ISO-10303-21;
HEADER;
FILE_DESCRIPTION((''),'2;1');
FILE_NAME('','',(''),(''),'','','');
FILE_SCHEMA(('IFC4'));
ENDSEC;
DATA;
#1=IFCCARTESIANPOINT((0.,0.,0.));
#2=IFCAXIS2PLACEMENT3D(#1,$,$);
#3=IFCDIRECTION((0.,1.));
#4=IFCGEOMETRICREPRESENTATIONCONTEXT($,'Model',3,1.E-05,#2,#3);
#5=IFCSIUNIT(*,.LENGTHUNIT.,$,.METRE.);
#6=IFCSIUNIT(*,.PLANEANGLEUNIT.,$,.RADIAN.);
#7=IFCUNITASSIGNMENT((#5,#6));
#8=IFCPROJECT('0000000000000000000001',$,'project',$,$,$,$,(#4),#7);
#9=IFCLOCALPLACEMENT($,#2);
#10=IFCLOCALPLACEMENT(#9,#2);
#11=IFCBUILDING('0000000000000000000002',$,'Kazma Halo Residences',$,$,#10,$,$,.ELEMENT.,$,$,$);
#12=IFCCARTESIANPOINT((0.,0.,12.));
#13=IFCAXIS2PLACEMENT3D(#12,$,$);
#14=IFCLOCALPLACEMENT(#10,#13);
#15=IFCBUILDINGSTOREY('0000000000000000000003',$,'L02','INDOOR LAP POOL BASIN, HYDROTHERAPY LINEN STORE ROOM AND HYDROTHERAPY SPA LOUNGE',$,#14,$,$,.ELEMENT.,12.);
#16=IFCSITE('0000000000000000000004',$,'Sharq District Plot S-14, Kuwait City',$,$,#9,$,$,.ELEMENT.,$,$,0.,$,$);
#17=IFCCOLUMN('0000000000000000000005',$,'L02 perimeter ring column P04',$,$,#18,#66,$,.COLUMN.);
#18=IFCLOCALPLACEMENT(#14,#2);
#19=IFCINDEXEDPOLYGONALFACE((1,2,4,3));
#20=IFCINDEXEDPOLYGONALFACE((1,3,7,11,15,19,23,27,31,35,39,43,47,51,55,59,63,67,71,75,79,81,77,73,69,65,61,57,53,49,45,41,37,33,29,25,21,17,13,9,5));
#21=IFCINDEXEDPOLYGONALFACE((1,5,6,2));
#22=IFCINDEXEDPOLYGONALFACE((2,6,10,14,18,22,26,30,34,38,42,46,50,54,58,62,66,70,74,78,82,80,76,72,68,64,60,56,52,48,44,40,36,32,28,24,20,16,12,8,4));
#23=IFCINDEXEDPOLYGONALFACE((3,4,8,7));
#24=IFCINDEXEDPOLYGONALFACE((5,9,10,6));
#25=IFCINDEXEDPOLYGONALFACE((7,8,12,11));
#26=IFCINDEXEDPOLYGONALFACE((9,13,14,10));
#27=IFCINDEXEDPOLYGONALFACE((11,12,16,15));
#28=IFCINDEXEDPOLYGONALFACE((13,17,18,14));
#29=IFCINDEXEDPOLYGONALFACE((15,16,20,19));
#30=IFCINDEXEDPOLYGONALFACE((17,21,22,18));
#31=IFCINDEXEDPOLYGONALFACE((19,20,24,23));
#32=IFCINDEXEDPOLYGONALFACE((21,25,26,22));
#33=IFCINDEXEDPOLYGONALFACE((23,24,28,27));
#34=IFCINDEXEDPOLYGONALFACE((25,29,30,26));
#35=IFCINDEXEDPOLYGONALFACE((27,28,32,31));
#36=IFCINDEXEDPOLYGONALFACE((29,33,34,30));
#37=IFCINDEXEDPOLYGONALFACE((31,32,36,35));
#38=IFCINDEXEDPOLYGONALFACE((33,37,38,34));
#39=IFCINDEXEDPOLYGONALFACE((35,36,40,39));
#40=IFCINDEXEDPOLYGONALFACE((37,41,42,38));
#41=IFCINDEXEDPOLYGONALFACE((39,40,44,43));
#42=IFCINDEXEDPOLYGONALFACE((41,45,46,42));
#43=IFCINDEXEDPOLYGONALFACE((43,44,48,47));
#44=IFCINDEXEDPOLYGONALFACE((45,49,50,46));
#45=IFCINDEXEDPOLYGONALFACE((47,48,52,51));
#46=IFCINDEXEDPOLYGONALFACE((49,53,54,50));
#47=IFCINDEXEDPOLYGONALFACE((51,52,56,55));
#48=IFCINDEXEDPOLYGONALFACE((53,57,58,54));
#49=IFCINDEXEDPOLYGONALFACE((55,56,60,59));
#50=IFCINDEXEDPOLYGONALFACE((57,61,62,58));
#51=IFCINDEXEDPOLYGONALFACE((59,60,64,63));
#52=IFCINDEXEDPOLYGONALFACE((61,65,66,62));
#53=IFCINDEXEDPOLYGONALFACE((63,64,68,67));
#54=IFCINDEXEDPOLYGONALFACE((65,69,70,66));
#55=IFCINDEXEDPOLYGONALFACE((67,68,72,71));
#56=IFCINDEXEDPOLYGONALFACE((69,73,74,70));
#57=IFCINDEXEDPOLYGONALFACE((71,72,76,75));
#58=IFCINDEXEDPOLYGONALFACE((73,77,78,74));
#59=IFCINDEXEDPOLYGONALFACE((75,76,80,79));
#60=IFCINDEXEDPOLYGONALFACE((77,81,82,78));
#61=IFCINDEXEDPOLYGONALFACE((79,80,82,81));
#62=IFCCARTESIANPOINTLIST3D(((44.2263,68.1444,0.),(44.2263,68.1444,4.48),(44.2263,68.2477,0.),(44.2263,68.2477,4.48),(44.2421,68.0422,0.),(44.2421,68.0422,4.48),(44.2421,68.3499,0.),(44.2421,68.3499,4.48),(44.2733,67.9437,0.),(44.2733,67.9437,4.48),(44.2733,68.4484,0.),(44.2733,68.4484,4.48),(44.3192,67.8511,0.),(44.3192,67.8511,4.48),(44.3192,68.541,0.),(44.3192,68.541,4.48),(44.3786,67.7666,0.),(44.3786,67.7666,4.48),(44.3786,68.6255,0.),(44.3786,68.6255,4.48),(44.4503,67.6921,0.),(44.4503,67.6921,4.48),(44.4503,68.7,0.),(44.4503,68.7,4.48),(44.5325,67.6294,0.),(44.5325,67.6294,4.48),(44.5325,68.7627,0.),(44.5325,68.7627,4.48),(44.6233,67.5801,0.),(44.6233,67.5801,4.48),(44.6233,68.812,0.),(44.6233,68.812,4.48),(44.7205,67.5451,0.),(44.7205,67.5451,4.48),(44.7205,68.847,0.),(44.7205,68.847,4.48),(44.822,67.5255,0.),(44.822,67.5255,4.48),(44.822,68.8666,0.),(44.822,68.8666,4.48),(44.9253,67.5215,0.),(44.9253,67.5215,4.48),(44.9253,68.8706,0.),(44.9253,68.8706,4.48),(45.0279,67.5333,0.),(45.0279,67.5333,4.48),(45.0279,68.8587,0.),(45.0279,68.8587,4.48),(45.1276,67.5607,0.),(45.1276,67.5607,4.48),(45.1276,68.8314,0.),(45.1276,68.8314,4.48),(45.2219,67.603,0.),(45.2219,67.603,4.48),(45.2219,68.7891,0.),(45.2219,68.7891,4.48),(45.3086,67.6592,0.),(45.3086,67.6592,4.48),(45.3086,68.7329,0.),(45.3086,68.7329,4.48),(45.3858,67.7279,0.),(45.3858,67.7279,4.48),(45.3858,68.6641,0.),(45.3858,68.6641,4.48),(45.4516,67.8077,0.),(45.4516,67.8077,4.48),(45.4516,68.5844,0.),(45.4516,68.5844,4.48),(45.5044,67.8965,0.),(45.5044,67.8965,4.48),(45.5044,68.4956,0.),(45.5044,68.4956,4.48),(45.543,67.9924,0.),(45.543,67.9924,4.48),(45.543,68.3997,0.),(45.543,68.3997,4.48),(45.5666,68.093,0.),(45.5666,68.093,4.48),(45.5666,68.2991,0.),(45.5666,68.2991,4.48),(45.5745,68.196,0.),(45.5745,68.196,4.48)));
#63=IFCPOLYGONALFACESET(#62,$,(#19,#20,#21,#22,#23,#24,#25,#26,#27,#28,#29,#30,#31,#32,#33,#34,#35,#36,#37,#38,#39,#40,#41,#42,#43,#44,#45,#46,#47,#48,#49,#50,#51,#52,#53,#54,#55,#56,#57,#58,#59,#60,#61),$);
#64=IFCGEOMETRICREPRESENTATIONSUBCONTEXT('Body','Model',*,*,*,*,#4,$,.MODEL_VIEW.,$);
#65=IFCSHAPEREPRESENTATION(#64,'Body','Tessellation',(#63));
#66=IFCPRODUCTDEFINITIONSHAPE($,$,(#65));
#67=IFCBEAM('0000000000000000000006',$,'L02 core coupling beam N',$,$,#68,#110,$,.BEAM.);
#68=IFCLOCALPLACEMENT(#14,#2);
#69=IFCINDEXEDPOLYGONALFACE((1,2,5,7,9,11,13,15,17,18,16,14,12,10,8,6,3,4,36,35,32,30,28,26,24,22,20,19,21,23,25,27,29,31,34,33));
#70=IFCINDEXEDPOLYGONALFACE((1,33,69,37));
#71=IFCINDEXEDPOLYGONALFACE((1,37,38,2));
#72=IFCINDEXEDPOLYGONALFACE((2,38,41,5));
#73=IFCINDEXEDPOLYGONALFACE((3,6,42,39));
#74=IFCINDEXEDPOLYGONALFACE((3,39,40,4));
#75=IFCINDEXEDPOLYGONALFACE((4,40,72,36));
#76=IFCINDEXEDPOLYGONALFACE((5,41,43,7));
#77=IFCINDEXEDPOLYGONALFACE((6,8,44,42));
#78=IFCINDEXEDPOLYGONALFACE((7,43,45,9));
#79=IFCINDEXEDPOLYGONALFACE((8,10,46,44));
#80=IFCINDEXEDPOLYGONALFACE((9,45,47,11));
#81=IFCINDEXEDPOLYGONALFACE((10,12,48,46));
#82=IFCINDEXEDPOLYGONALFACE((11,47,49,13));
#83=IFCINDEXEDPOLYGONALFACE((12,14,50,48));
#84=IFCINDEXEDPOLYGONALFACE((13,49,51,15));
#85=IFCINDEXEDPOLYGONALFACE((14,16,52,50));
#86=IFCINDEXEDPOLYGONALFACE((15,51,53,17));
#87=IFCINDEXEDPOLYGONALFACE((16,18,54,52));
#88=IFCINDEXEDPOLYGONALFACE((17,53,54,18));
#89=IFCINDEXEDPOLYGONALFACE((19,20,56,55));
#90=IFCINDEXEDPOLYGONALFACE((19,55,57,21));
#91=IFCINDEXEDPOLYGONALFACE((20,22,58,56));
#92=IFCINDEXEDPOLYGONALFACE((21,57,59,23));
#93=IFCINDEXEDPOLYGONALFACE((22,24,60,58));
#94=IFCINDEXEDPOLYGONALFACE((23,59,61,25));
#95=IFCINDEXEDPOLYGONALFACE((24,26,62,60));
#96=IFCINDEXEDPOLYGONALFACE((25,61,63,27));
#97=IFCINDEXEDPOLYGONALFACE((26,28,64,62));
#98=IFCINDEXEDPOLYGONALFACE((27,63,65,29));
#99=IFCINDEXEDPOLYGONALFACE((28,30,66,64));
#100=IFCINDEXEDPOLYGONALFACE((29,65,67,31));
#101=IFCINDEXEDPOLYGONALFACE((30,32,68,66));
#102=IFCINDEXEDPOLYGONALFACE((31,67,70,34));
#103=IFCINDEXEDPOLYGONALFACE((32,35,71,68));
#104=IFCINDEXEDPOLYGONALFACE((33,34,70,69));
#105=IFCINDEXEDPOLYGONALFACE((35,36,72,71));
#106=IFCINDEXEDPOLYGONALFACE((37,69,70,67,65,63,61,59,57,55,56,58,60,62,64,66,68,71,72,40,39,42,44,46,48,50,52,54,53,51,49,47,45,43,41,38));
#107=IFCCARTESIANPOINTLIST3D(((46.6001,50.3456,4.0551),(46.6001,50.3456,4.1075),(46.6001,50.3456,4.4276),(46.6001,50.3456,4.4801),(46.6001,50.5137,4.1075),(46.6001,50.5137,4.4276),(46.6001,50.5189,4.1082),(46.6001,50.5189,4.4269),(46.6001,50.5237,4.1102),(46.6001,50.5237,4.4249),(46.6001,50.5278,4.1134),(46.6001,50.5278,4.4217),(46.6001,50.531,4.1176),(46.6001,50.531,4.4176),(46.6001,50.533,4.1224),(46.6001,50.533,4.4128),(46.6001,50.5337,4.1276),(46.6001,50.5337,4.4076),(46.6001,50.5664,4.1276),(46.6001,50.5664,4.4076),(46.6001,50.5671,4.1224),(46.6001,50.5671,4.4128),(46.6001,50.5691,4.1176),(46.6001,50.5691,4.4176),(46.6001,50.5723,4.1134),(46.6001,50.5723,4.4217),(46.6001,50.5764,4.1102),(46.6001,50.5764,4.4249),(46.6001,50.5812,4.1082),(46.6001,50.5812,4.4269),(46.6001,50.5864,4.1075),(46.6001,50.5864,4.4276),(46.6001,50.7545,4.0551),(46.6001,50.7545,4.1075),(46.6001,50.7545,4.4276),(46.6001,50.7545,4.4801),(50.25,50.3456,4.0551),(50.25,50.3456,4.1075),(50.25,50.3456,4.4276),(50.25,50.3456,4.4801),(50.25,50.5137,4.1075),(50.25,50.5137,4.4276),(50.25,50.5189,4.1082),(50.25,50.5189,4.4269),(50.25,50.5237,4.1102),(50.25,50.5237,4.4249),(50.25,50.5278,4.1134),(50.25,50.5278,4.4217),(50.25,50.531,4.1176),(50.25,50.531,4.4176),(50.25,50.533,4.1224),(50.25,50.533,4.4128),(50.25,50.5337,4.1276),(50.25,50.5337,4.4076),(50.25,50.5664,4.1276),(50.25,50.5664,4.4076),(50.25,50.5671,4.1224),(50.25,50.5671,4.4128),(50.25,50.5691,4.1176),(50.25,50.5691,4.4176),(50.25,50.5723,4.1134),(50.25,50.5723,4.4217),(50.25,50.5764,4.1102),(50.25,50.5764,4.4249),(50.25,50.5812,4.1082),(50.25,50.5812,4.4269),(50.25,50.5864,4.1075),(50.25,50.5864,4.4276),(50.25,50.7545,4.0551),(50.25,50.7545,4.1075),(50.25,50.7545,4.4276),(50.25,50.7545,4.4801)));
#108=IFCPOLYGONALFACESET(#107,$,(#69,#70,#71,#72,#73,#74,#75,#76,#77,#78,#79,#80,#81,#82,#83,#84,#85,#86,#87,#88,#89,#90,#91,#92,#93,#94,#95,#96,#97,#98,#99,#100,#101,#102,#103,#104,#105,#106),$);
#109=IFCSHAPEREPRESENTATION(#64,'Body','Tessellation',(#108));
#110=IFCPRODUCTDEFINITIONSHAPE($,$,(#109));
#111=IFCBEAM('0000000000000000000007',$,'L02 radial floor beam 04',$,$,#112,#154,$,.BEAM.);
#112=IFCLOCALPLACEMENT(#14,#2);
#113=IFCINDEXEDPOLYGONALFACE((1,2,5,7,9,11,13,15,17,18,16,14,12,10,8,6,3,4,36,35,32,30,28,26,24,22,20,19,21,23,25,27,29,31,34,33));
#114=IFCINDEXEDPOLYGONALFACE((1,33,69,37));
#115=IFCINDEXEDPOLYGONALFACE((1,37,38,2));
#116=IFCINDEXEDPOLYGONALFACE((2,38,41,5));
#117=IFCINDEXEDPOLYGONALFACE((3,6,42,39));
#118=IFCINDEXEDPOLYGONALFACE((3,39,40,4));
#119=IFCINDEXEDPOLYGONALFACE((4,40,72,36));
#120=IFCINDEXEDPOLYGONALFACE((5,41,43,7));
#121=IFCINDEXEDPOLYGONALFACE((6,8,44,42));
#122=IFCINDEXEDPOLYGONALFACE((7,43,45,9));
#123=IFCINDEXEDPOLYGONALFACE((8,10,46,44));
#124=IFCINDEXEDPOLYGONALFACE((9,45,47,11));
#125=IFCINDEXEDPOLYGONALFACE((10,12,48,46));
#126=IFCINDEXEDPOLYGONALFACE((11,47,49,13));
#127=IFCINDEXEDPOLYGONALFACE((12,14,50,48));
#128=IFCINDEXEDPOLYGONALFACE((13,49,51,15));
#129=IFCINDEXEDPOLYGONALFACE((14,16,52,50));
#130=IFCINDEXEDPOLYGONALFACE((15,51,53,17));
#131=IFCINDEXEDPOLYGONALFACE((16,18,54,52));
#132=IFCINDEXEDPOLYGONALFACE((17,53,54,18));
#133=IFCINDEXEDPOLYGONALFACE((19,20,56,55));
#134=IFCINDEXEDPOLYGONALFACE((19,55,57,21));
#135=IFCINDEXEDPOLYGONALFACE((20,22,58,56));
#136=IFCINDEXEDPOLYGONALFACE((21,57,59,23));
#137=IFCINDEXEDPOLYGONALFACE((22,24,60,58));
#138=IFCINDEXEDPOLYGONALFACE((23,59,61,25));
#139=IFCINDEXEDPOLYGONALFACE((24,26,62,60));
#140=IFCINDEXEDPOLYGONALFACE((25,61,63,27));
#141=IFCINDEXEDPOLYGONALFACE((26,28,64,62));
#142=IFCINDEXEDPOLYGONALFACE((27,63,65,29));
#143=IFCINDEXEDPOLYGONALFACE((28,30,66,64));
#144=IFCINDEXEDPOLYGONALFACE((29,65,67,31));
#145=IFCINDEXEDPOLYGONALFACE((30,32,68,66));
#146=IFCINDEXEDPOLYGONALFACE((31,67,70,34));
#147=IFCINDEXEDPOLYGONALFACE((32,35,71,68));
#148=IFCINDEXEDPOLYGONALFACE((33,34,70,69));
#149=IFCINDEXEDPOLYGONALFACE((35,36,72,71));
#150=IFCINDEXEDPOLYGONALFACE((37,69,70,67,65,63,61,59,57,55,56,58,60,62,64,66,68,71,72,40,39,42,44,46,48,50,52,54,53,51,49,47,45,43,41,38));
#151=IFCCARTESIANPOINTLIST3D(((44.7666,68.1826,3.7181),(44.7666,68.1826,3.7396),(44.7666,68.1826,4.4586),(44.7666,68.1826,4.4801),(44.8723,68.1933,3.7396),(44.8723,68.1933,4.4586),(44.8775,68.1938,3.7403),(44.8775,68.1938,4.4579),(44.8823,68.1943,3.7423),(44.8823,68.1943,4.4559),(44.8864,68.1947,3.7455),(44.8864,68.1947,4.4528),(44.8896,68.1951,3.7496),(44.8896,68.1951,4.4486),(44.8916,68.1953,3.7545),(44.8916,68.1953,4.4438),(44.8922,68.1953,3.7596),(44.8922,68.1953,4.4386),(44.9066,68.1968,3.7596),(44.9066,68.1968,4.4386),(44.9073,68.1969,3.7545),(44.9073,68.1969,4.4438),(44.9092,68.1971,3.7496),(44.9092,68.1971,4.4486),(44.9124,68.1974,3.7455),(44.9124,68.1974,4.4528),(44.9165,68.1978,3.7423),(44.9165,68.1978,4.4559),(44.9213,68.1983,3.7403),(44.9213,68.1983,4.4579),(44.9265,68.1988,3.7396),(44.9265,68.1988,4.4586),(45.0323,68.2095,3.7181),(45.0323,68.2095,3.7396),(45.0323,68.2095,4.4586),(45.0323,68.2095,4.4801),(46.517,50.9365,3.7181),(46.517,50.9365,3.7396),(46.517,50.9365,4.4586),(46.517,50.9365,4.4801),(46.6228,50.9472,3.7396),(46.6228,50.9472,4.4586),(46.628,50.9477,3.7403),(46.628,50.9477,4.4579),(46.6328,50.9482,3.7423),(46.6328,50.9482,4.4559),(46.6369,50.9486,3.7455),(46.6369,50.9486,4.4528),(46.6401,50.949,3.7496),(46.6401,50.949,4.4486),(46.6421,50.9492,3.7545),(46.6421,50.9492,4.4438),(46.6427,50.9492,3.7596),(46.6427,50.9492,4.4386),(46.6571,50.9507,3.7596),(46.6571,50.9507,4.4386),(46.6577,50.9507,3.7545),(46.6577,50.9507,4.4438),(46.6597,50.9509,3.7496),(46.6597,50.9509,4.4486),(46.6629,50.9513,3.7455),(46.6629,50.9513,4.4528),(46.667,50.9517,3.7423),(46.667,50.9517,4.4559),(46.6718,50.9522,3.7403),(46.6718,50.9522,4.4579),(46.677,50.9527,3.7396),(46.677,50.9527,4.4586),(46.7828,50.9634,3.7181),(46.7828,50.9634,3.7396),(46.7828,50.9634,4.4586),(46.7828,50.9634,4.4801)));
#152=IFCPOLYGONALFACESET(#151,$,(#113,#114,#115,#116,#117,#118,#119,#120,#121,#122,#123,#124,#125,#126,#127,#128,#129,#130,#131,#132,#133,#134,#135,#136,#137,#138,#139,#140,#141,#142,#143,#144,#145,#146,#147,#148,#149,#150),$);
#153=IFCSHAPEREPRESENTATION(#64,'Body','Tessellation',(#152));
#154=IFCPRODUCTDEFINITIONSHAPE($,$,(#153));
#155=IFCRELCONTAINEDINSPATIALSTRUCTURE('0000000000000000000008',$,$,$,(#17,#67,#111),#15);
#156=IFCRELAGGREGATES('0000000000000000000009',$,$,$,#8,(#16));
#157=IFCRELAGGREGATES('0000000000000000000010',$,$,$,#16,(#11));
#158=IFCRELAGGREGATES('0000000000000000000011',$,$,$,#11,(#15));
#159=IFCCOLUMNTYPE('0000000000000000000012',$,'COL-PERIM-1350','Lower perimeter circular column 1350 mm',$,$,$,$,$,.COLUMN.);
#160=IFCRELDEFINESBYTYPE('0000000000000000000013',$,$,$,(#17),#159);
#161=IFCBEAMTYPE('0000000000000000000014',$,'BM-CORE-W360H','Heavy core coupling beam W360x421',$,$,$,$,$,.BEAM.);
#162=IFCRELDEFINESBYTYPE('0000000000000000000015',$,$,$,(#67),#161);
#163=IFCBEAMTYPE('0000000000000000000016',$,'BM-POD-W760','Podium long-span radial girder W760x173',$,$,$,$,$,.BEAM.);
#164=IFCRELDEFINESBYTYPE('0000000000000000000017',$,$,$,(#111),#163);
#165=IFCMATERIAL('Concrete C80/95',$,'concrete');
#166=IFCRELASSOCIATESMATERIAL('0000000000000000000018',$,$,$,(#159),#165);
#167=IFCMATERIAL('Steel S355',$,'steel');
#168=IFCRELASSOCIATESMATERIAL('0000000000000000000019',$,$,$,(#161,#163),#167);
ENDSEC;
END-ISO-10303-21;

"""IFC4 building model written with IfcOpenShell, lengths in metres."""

from ifc_helpers import new_model, si_unit, direction, frame, origin, origin_2d, place, context, subcontext, project, spatial, circle, i_section, extrude, material, material_profile, profile_set, type_object, element, save


model = new_model("IFC4")

# Units and contexts
model_context = context("Model", 3, precision=1e-05, world=origin(), true_north=direction((0.0, 1.0)))
body_context = subcontext(model_context, "Body", "Model", "MODEL_VIEW")
ifc_project = project(units=[si_unit("LENGTHUNIT", "METRE"), si_unit("PLANEANGLEUNIT", "RADIAN")], contexts=[model_context])

# Site, building, storey
site_placement = place(None, origin())
site = spatial("IfcSite", under=ifc_project, at=site_placement, Name="Sharq District Plot S-14, Kuwait City", CompositionType="ELEMENT", RefElevation=0.0)
building_placement = place(site_placement, origin())
building = spatial("IfcBuilding", under=site, at=building_placement, Name="Kazma Halo Residences", CompositionType="ELEMENT")
storey_placement = place(building_placement, frame((0.0, 0.0, 12.0)))
storey = spatial("IfcBuildingStorey", under=building, at=storey_placement, Name="L02", Description="INDOOR LAP POOL BASIN, HYDROTHERAPY LINEN STORE ROOM AND HYDROTHERAPY SPA LOUNGE", CompositionType="ELEMENT", Elevation=12.0)

# Column
ifc_material_1 = material(Name="Concrete C80/95", Category="concrete")
ifc_material_profile_1 = material_profile(ifc_material_1, circle(Radius=0.675, at=origin_2d()), Name="CIRC1350")
ifc_profile_set_1 = profile_set([ifc_material_profile_1], Name="Concrete C80/95")
column_type = type_object("IfcColumnType", Name="COL-PERIM-1350", Description="Lower perimeter circular column 1350 mm", PredefinedType="COLUMN", material=ifc_profile_set_1)
column_placement = place(storey_placement, frame((44.8994, 68.196, 0.0), z_axis=(0.0, 0.0, 1.0), x_axis=(1.0, 0.0, 0.0)))
element("IfcColumn", 1, at=column_placement, inside=storey, type_object=column_type, Name="L02 perimeter ring column P04", PredefinedType="COLUMN", context=body_context, shape_type="SweptSolid", body=[
    extrude(circle(Radius=0.675, at=origin_2d()), origin(), (0.0, 0.0, 1.0), 4.48),
])

# Beams
ifc_material_2 = material(Name="Steel S355", Category="steel")
ifc_material_profile_2 = material_profile(ifc_material_2, i_section(OverallWidth=0.4089, OverallDepth=0.425, WebThickness=0.0327, FlangeThickness=0.0525, FilletRadius=0.02, at=origin_2d()), Name="W360x421")
ifc_profile_set_2 = profile_set([ifc_material_profile_2], Name="Steel S355")
beam_type_1 = type_object("IfcBeamType", Name="BM-CORE-W360H", Description="Heavy core coupling beam W360x421", PredefinedType="BEAM", material=ifc_profile_set_2)
beam_1_placement = place(storey_placement, frame((46.6001, 50.55, 4.2676), z_axis=(1.0, 0.0, 0.0), x_axis=(0.0, 1.0, 0.0)))
element("IfcBeam", 2, at=beam_1_placement, inside=storey, type_object=beam_type_1, Name="L02 core coupling beam N", PredefinedType="BEAM", context=body_context, shape_type="SweptSolid", body=[
    extrude(i_section(OverallWidth=0.4089, OverallDepth=0.425, WebThickness=0.0327, FlangeThickness=0.0525, FilletRadius=0.02, at=origin_2d()), origin(), (0.0, 0.0, 1.0), 3.6499),
])
ifc_material_profile_3 = material_profile(ifc_material_2, i_section(OverallWidth=0.2671, OverallDepth=0.762, WebThickness=0.0144, FlangeThickness=0.0215, FilletRadius=0.02, at=origin_2d()), Name="W760x173")
ifc_profile_set_3 = profile_set([ifc_material_profile_3], Name="Steel S355")
beam_type_2 = type_object("IfcBeamType", Name="BM-POD-W760", Description="Podium long-span radial girder W760x173", PredefinedType="BEAM", material=ifc_profile_set_3)
beam_2_placement = place(storey_placement, frame((46.6499, 50.95, 4.0991), z_axis=(-0.100982, 0.994888, 0.0), x_axis=(-0.994888, -0.100982, 0.0)))
element("IfcBeam", 3, at=beam_2_placement, inside=storey, type_object=beam_type_2, Name="L02 radial floor beam 04", PredefinedType="BEAM", context=body_context, shape_type="SweptSolid", body=[
    extrude(i_section(OverallWidth=0.2671, OverallDepth=0.762, WebThickness=0.0144, FlangeThickness=0.0215, FilletRadius=0.02, at=origin_2d()), origin(), (0.0, 0.0, 1.0), 17.3347),
])

save(model, "model.ifc")
